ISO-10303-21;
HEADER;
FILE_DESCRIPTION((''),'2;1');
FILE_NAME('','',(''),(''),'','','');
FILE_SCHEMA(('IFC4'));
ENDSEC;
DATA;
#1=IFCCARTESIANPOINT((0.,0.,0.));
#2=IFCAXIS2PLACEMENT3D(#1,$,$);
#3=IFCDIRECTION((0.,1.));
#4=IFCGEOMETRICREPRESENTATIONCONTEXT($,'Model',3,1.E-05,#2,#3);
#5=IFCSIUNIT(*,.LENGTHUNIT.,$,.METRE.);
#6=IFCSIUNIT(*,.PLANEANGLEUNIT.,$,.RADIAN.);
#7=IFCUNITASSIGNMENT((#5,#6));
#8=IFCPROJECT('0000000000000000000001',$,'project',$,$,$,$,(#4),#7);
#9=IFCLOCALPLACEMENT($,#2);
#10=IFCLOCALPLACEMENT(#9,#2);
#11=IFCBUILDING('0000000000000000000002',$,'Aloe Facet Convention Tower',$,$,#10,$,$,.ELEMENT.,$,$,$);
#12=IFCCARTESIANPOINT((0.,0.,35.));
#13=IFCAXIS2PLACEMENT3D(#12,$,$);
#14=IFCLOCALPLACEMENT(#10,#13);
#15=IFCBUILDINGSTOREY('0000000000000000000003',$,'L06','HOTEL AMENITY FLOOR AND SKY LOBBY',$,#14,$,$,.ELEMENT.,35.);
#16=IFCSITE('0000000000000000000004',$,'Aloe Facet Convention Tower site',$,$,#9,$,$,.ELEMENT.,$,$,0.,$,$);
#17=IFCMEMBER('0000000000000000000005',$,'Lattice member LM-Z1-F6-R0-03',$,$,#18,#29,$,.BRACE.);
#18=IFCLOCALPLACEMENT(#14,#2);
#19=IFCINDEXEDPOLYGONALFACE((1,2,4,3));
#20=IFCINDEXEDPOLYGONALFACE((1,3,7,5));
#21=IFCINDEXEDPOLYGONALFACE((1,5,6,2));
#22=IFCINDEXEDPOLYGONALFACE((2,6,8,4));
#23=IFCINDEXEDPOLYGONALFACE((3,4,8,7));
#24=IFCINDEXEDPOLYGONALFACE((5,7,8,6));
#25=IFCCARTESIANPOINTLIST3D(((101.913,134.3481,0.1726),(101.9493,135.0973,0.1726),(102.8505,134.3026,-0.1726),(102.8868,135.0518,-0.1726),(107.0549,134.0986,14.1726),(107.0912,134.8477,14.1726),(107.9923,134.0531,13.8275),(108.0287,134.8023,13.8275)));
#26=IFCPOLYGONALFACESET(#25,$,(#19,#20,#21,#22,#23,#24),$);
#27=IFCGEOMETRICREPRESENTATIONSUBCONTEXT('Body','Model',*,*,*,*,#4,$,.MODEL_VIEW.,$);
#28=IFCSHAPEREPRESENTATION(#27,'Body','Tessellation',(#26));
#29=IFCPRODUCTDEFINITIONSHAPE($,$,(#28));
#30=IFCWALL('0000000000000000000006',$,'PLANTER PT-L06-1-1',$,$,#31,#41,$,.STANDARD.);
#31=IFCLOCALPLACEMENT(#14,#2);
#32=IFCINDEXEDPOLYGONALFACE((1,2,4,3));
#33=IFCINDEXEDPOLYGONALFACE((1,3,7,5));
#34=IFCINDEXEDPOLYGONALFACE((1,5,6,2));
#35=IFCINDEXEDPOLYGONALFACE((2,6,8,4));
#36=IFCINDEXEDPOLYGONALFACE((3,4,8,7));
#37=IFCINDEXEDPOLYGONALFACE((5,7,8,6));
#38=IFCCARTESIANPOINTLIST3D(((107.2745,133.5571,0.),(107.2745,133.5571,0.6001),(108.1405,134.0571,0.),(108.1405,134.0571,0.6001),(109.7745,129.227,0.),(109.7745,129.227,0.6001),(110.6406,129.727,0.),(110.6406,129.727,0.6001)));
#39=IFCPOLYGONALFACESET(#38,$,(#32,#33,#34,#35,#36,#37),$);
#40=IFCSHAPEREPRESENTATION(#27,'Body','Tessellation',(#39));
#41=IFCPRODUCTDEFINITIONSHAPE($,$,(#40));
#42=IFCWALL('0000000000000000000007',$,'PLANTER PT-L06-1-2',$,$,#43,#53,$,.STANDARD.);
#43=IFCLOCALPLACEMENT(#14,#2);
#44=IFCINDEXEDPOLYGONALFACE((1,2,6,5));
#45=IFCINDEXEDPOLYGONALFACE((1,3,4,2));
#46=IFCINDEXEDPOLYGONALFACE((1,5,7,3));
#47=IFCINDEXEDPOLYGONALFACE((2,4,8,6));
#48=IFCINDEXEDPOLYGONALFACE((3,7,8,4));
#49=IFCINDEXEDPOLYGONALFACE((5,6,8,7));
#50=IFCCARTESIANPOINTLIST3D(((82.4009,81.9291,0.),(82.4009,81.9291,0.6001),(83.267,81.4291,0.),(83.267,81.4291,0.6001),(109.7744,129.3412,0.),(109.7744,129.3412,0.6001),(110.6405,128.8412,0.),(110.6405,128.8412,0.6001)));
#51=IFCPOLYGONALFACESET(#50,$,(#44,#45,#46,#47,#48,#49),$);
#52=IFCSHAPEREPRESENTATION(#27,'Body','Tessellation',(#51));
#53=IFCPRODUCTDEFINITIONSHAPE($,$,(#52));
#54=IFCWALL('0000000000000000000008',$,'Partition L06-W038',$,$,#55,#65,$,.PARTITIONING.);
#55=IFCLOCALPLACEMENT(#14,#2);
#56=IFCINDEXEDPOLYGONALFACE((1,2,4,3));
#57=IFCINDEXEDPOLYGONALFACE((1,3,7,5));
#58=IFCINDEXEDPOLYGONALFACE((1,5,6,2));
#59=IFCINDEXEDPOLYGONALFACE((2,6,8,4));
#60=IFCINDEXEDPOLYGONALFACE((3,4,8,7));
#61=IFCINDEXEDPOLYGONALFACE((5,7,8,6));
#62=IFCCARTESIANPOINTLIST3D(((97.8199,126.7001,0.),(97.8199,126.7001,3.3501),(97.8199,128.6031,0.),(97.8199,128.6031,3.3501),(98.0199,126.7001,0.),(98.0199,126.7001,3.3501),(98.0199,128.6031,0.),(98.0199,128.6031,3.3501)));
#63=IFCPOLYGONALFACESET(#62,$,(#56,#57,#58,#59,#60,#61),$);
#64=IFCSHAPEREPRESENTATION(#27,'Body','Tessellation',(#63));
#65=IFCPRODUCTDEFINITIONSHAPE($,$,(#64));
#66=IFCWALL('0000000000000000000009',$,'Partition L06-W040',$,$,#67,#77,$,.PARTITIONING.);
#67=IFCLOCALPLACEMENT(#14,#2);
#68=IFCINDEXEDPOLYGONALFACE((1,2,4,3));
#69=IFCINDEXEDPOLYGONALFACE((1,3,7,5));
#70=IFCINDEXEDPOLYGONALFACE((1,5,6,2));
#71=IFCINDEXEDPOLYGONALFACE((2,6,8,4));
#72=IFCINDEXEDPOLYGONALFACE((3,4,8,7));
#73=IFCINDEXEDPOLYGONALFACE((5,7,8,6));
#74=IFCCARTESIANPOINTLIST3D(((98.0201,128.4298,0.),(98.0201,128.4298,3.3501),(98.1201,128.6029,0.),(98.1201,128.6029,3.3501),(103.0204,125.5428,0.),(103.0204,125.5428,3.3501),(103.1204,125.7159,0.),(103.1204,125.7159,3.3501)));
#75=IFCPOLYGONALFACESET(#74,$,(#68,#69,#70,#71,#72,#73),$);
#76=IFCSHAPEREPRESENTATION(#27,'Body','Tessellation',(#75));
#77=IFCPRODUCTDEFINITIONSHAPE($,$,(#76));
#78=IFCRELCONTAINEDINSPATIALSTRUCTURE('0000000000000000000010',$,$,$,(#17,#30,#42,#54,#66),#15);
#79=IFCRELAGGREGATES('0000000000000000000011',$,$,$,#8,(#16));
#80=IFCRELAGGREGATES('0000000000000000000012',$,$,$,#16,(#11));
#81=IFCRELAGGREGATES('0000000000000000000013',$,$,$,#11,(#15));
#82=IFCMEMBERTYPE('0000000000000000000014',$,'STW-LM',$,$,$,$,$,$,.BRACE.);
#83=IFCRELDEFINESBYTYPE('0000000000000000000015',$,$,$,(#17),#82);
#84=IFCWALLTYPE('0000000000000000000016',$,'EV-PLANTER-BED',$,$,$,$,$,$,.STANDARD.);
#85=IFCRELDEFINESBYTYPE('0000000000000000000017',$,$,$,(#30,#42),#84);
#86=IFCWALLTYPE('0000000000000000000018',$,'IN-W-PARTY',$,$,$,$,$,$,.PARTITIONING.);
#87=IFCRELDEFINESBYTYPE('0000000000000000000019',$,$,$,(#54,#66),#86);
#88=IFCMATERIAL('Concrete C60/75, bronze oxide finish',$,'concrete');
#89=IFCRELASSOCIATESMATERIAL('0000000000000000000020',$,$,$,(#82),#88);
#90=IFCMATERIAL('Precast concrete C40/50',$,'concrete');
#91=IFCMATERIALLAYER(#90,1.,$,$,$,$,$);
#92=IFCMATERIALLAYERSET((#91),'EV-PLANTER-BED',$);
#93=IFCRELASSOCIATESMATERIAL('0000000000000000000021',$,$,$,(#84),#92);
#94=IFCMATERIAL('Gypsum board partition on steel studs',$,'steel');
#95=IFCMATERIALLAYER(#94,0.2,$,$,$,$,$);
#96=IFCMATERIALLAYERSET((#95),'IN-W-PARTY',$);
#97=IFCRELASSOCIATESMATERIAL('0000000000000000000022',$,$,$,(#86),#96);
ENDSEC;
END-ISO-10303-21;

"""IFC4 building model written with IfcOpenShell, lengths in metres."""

from ifc_helpers import new_model, si_unit, direction, frame, frame_2d, origin, origin_2d, place, context, subcontext, project, spatial, rectangle, extrude, material, layer, layer_set, material_profile, profile_set, type_object, element, save


model = new_model("IFC4")

# Units and contexts
model_context = context("Model", 3, precision=1e-05, world=origin(), true_north=direction((0.0, 1.0)))
body_context = subcontext(model_context, "Body", "Model", "MODEL_VIEW")
ifc_project = project(units=[si_unit("LENGTHUNIT", "METRE"), si_unit("PLANEANGLEUNIT", "RADIAN")], contexts=[model_context])

# Site, building, storey
site_placement = place(None, origin())
site = spatial("IfcSite", under=ifc_project, at=site_placement, Name="Aloe Facet Convention Tower site", CompositionType="ELEMENT", RefElevation=0.0)
building_placement = place(site_placement, origin())
building = spatial("IfcBuilding", under=site, at=building_placement, Name="Aloe Facet Convention Tower", CompositionType="ELEMENT")
storey_placement = place(building_placement, frame((0.0, 0.0, 35.0)))
storey = spatial("IfcBuildingStorey", under=building, at=storey_placement, Name="L06", Description="HOTEL AMENITY FLOOR AND SKY LOBBY", CompositionType="ELEMENT", Elevation=35.0)

# Member
ifc_material_1 = material(Name="Concrete C60/75, bronze oxide finish", Category="concrete")
ifc_material_profile_1 = material_profile(ifc_material_1, rectangle(XDim=0.75, YDim=1.0, at=origin_2d()), Name="STW-LM")
ifc_profile_set_1 = profile_set([ifc_material_profile_1], Name="Concrete C60/75, bronze oxide finish")
member_type = type_object("IfcMemberType", Name="STW-LM", PredefinedType="BRACE", material=ifc_profile_set_1)
member_1_placement = place(storey_placement, frame((102.3999, 134.7, 0.0), z_axis=(0.344709, -0.016727, 0.93856), x_axis=(0.048469, 0.998825, 0.0)))
element("IfcMember", 1, at=member_1_placement, inside=storey, type_object=member_type, Name="Lattice member LM-Z1-F6-R0-03", PredefinedType="BRACE", context=body_context, shape_type="SweptSolid", body=[
    extrude(rectangle(XDim=0.75, YDim=1.0, at=origin_2d()), origin(), (0.0, 0.0, 1.0), 14.9165),
])

# Walls
ifc_material_2 = material(Name="Precast concrete C40/50", Category="concrete")
ifc_layer_1 = layer(ifc_material_2, 1.0)
ifc_layer_set_1 = layer_set([ifc_layer_1], Name="EV-PLANTER-BED")
wall_type_1 = type_object("IfcWallType", Name="EV-PLANTER-BED", PredefinedType="STANDARD", material=ifc_layer_set_1)
wall_1_placement = place(storey_placement, frame((107.7075, 133.8071, 0.0), z_axis=(0.0, 0.0, 1.0), x_axis=(0.500004, -0.866023, 0.0)))
element("IfcWall", 2, at=wall_1_placement, inside=storey, type_object=wall_type_1, Name="PLANTER PT-L06-1-1", PredefinedType="STANDARD", context=body_context, shape_type="SweptSolid", body=[
    extrude(rectangle(XDim=5.0, YDim=1.0, at=frame_2d((2.5, 0.0))), origin(), (0.0, 0.0, 1.0), 0.6001),
])
wall_2_placement = place(storey_placement, frame((110.2075, 129.0913, 0.0), z_axis=(0.0, 0.0, 1.0), x_axis=(-0.500002, -0.866024, 0.0)))
element("IfcWall", 3, at=wall_2_placement, inside=storey, type_object=wall_type_1, Name="PLANTER PT-L06-1-2", PredefinedType="STANDARD", context=body_context, shape_type="SweptSolid", body=[
    extrude(rectangle(XDim=54.7468, YDim=1.0, at=frame_2d((27.3735, 0.0))), origin(), (0.0, 0.0, 1.0), 0.6001),
])

# Walls
ifc_material_3 = material(Name="Gypsum board partition on steel studs", Category="steel")
ifc_layer_2 = layer(ifc_material_3, 0.2)
ifc_layer_set_2 = layer_set([ifc_layer_2], Name="IN-W-PARTY")
wall_type_2 = type_object("IfcWallType", Name="IN-W-PARTY", PredefinedType="PARTITIONING", material=ifc_layer_set_2)
wall_3_placement = place(storey_placement, frame((97.9199, 126.7, 0.0), z_axis=(0.0, 0.0, 1.0), x_axis=(0.0, 1.0, 0.0)))
element("IfcWall", 4, at=wall_3_placement, inside=storey, type_object=wall_type_2, Name="Partition L06-W038", PredefinedType="PARTITIONING", context=body_context, shape_type="SweptSolid", body=[
    extrude(rectangle(XDim=1.9031, YDim=0.2, at=frame_2d((0.9517, 0.0))), origin(), (0.0, 0.0, 1.0), 3.3501),
])
wall_4_placement = place(storey_placement, frame((98.0701, 128.5164, 0.0), z_axis=(0.0, 0.0, 1.0), x_axis=(0.86602, -0.500009, 0.0)))
element("IfcWall", 5, at=wall_4_placement, inside=storey, type_object=wall_type_2, Name="Partition L06-W040", PredefinedType="PARTITIONING", context=body_context, shape_type="SweptSolid", body=[
    extrude(rectangle(XDim=5.7739, YDim=0.2, at=frame_2d((2.887, 0.0))), origin(), (0.0, 0.0, 1.0), 3.3501),
])

save(model, "model.ifc")
